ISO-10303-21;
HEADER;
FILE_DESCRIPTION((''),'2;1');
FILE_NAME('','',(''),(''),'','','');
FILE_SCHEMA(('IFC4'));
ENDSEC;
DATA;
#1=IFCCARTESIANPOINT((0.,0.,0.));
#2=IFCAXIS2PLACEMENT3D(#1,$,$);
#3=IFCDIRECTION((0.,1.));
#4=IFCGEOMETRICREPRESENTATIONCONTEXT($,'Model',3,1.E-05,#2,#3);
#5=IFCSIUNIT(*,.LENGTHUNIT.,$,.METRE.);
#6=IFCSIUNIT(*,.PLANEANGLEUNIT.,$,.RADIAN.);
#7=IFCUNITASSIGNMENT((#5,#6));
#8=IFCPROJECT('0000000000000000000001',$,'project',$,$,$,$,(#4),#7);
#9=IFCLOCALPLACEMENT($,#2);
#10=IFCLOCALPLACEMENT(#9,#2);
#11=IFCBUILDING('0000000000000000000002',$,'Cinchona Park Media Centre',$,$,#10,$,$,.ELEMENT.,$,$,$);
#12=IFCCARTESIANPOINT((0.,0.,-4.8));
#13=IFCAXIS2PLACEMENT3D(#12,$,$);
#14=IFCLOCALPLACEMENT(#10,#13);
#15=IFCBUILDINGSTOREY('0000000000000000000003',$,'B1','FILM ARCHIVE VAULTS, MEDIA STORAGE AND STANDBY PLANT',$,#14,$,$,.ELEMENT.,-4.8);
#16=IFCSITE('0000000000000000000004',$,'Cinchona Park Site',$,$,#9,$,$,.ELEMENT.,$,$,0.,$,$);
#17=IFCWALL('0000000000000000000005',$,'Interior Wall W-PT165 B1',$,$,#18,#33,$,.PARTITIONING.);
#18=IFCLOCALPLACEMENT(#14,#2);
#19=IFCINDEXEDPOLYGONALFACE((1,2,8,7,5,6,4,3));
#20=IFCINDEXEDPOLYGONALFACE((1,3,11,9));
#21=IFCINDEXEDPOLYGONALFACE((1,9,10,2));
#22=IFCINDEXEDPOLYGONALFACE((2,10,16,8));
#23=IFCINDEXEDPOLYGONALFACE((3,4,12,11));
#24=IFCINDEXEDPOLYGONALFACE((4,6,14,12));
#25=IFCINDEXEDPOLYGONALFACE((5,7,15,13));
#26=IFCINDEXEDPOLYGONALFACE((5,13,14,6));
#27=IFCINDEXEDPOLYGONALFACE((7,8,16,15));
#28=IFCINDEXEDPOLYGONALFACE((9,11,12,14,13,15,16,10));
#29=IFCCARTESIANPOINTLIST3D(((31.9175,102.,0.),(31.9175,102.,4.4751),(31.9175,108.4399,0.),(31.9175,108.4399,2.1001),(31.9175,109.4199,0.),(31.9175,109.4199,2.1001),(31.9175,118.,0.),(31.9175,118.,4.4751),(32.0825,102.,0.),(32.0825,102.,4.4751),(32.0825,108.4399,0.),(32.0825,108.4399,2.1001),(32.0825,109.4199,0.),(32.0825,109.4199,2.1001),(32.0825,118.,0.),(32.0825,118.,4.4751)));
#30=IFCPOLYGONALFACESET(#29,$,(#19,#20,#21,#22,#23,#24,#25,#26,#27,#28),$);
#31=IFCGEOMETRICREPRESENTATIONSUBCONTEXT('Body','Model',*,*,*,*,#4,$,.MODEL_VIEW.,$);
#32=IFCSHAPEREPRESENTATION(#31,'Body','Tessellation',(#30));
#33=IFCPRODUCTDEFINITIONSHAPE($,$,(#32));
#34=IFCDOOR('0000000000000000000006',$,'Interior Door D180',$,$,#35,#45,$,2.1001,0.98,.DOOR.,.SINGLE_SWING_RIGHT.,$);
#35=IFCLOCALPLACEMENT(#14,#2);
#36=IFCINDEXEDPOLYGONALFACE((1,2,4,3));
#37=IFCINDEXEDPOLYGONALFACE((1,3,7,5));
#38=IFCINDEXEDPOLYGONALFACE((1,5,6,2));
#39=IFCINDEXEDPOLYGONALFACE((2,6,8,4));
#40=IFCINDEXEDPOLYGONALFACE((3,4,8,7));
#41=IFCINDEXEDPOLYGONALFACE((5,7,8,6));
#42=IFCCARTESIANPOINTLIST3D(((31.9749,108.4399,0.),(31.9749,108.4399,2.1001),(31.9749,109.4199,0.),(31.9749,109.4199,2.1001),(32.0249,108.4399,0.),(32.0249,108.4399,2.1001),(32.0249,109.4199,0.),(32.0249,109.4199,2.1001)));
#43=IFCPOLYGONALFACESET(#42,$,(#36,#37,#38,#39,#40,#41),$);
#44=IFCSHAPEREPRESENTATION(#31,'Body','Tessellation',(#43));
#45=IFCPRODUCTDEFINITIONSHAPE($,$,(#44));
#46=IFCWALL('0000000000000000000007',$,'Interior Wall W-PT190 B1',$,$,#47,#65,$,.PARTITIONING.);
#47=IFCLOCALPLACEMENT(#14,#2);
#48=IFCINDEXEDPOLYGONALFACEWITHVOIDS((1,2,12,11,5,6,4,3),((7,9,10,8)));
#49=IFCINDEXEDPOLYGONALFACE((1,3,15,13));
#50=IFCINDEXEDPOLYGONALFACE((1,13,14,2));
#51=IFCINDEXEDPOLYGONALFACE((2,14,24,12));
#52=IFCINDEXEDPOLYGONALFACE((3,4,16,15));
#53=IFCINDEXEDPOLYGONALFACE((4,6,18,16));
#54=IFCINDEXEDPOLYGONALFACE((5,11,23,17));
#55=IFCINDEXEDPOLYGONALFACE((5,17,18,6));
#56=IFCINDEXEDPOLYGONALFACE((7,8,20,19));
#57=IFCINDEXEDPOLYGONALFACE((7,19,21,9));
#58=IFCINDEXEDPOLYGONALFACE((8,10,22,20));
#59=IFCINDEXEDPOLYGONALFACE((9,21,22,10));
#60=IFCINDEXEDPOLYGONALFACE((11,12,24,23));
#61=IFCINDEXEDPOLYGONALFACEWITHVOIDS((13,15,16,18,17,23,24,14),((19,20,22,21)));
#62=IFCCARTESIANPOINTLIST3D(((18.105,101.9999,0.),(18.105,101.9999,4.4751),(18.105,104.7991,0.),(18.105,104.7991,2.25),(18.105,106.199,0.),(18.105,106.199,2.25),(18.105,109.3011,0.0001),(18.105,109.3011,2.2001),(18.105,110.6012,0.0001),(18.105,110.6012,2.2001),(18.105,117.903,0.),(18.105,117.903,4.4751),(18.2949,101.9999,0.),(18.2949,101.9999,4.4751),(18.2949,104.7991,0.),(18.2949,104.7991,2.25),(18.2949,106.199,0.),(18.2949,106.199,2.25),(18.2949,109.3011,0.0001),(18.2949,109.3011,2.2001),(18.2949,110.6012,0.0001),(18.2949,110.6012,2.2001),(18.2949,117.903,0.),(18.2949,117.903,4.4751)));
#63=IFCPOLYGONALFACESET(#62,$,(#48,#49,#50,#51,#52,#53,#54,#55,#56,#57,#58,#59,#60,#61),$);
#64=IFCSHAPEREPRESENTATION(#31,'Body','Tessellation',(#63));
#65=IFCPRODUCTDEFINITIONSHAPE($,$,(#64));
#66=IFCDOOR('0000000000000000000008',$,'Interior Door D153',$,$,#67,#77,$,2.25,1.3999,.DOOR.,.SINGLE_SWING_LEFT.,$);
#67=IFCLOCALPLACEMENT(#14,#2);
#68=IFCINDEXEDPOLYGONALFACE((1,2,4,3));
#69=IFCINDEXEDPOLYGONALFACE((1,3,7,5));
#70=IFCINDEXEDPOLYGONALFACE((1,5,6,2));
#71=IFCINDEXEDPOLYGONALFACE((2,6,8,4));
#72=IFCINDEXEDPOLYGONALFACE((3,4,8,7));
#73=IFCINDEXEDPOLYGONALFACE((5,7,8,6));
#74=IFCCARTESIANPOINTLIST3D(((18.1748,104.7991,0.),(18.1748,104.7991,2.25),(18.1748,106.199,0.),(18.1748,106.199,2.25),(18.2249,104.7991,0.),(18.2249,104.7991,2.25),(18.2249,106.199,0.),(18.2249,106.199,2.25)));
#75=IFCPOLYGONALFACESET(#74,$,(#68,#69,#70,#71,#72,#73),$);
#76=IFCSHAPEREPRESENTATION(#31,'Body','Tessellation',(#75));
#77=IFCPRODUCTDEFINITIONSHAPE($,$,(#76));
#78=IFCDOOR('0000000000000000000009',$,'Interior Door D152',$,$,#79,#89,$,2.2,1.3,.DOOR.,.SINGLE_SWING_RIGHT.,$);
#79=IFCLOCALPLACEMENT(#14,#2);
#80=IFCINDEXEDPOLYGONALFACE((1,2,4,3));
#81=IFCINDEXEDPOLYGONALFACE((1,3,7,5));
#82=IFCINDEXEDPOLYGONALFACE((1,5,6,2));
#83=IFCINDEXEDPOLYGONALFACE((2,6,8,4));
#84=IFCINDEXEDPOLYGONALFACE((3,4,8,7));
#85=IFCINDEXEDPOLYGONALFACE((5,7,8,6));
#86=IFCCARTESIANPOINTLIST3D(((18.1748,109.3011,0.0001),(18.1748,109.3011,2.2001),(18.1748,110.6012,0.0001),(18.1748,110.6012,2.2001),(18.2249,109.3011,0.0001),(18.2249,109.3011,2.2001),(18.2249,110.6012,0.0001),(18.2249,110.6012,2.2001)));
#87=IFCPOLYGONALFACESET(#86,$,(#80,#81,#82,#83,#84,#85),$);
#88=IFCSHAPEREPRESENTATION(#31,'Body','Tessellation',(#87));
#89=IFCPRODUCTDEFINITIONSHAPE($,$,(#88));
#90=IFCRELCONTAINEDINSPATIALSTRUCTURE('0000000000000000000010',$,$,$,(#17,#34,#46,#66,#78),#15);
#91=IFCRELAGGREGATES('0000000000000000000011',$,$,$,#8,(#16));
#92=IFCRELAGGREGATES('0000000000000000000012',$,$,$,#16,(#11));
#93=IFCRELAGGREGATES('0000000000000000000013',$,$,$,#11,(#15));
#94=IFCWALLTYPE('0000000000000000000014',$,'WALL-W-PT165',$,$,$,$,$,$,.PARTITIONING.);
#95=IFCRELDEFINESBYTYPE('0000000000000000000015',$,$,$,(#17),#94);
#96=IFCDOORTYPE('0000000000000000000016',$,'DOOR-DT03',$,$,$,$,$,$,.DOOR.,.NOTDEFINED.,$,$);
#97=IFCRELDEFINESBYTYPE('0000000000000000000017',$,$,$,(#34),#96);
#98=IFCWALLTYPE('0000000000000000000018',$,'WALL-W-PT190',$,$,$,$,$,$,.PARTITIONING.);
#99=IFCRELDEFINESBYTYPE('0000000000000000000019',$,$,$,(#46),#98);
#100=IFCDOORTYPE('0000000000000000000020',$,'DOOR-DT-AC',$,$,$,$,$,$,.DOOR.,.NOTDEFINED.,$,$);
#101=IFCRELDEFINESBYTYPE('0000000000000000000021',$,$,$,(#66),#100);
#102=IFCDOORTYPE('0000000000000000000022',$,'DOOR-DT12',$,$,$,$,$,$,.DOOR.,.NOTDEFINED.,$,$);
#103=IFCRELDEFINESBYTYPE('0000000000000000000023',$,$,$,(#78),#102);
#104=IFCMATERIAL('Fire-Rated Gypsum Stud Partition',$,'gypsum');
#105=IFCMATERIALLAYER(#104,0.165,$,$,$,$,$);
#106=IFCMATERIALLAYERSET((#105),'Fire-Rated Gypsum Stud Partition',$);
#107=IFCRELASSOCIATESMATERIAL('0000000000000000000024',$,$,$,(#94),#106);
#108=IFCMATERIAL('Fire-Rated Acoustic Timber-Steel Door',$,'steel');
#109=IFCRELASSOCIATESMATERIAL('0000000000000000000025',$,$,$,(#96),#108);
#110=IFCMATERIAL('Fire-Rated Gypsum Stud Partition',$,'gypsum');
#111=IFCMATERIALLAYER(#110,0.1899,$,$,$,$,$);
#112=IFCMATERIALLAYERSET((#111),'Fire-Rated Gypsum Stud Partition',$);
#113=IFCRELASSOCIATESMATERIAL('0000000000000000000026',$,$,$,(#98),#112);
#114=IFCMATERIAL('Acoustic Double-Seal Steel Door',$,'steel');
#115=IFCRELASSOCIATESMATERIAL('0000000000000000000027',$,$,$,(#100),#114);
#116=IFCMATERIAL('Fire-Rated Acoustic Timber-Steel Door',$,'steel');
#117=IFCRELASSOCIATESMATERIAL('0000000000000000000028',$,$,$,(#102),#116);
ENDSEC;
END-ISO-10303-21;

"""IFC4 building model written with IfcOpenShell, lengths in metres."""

from ifc_helpers import new_model, si_unit, direction, frame, frame_2d, origin, place, context, subcontext, project, spatial, rectangle, extrude, material, layer, layer_set, type_object, element, fill, save


model = new_model("IFC4")

# Units and contexts
model_context = context("Model", 3, precision=1e-05, world=origin(), true_north=direction((0.0, 1.0)))
body_context = subcontext(model_context, "Body", "Model", "MODEL_VIEW")
ifc_project = project(units=[si_unit("LENGTHUNIT", "METRE"), si_unit("PLANEANGLEUNIT", "RADIAN")], contexts=[model_context])

# Site, building, storey
site_placement = place(None, origin())
site = spatial("IfcSite", under=ifc_project, at=site_placement, Name="Cinchona Park Site", CompositionType="ELEMENT", RefElevation=0.0)
building_placement = place(site_placement, origin())
building = spatial("IfcBuilding", under=site, at=building_placement, Name="Cinchona Park Media Centre", CompositionType="ELEMENT")
storey_placement = place(building_placement, frame((0.0, 0.0, -4.8)))
storey = spatial("IfcBuildingStorey", under=building, at=storey_placement, Name="B1", Description="FILM ARCHIVE VAULTS, MEDIA STORAGE AND STANDBY PLANT", CompositionType="ELEMENT", Elevation=-4.8)

# Wall, opening, door
ifc_material_1 = material(Name="Fire-Rated Gypsum Stud Partition", Category="gypsum")
ifc_layer_1 = layer(ifc_material_1, 0.165)
ifc_layer_set_1 = layer_set([ifc_layer_1], Name="Fire-Rated Gypsum Stud Partition")
wall_type_1 = type_object("IfcWallType", Name="WALL-W-PT165", PredefinedType="PARTITIONING", material=ifc_layer_set_1)
wall_1_placement = place(storey_placement, frame((32.0, 118.0, 0.0), z_axis=(0.0, 0.0, 1.0), x_axis=(0.0, -1.0, 0.0)))
wall_1 = element("IfcWall", 1, at=wall_1_placement, inside=storey, type_object=wall_type_1, Name="Interior Wall W-PT165 B1", PredefinedType="PARTITIONING", context=body_context, shape_type="SweptSolid", body=[
    extrude(rectangle(XDim=16.0, YDim=0.165, at=frame_2d((8.0, 0.0))), origin(), (0.0, 0.0, 1.0), 4.4751),
])
opening_1_placement = place(wall_1_placement, frame((8.5801, 0.0, 0.0)))
opening_1 = element("IfcOpeningElement", 2, at=opening_1_placement, cuts=wall_1, PredefinedType="OPENING", context=body_context, shape_type="SweptSolid", body=[
    extrude(rectangle(XDim=0.98, YDim=2.1001, at=frame_2d((0.49, 1.05))), frame((0.0, 0.0925, 0.0), z_axis=(0.0, -1.0, 0.0), x_axis=(1.0, 0.0, 0.0)), (0.0, 0.0, 1.0), 0.1851),
])
ifc_material_2 = material(Name="Fire-Rated Acoustic Timber-Steel Door", Category="steel")
door_type_1 = type_object("IfcDoorType", Name="DOOR-DT03", OperationType="NOTDEFINED", PredefinedType="DOOR", material=ifc_material_2)
door_1_placement = place(opening_1_placement, origin())
door_1 = element("IfcDoor", 3, at=door_1_placement, inside=storey, type_object=door_type_1, Name="Interior Door D180", OperationType="SINGLE_SWING_RIGHT", OverallHeight=2.1001, OverallWidth=0.98, PredefinedType="DOOR", context=body_context, shape_type="SweptSolid", body=[
    extrude(rectangle(XDim=0.98, YDim=2.1001, at=frame_2d((0.49, 1.05))), frame((0.0, 0.0249, 0.0), z_axis=(0.0, -1.0, 0.0), x_axis=(1.0, 0.0, 0.0)), (0.0, 0.0, 1.0), 0.05),
])
fill(opening_1, door_1)

# Wall, openings, doors
ifc_material_3 = material(Name="Fire-Rated Gypsum Stud Partition", Category="gypsum")
ifc_layer_2 = layer(ifc_material_3, 0.1899)
ifc_layer_set_2 = layer_set([ifc_layer_2], Name="Fire-Rated Gypsum Stud Partition")
wall_type_2 = type_object("IfcWallType", Name="WALL-W-PT190", PredefinedType="PARTITIONING", material=ifc_layer_set_2)
wall_2_placement = place(storey_placement, frame((18.2, 117.9031, 0.0), z_axis=(0.0, 0.0, 1.0), x_axis=(0.0, -1.0, 0.0)))
wall_2 = element("IfcWall", 4, at=wall_2_placement, inside=storey, type_object=wall_type_2, Name="Interior Wall W-PT190 B1", PredefinedType="PARTITIONING", context=body_context, shape_type="SweptSolid", body=[
    extrude(rectangle(XDim=15.9031, YDim=0.1899, at=frame_2d((7.9517, 0.0))), origin(), (0.0, 0.0, 1.0), 4.4751),
])
opening_2_placement = place(wall_2_placement, frame((7.302, 0.0, 0.0)))
opening_2 = element("IfcOpeningElement", 5, at=opening_2_placement, cuts=wall_2, PredefinedType="OPENING", context=body_context, shape_type="SweptSolid", body=[
    extrude(rectangle(XDim=1.3, YDim=2.2, at=frame_2d((0.6499, 1.1001))), frame((0.0, 0.105, 0.0), z_axis=(0.0, -1.0, 0.0), x_axis=(1.0, 0.0, 0.0)), (0.0, 0.0, 1.0), 0.21),
])
opening_3_placement = place(wall_2_placement, frame((11.7041, 0.0, 0.0)))
opening_3 = element("IfcOpeningElement", 6, at=opening_3_placement, cuts=wall_2, PredefinedType="OPENING", context=body_context, shape_type="SweptSolid", body=[
    extrude(rectangle(XDim=1.3999, YDim=2.25, at=frame_2d((0.7, 1.125))), frame((0.0, 0.105, 0.0), z_axis=(0.0, -1.0, 0.0), x_axis=(1.0, 0.0, 0.0)), (0.0, 0.0, 1.0), 0.21),
])
ifc_material_4 = material(Name="Acoustic Double-Seal Steel Door", Category="steel")
door_type_2 = type_object("IfcDoorType", Name="DOOR-DT-AC", OperationType="NOTDEFINED", PredefinedType="DOOR", material=ifc_material_4)
door_2_placement = place(opening_3_placement, origin())
door_2 = element("IfcDoor", 7, at=door_2_placement, inside=storey, type_object=door_type_2, Name="Interior Door D153", OperationType="SINGLE_SWING_LEFT", OverallHeight=2.25, OverallWidth=1.3999, PredefinedType="DOOR", context=body_context, shape_type="SweptSolid", body=[
    extrude(rectangle(XDim=1.3999, YDim=2.25, at=frame_2d((0.7, 1.125))), frame((0.0, 0.0249, 0.0), z_axis=(0.0, -1.0, 0.0), x_axis=(1.0, 0.0, 0.0)), (0.0, 0.0, 1.0), 0.05),
])
fill(opening_3, door_2)
ifc_material_5 = material(Name="Fire-Rated Acoustic Timber-Steel Door", Category="steel")
door_type_3 = type_object("IfcDoorType", Name="DOOR-DT12", OperationType="NOTDEFINED", PredefinedType="DOOR", material=ifc_material_5)
door_3_placement = place(opening_2_placement, origin())
door_3 = element("IfcDoor", 8, at=door_3_placement, inside=storey, type_object=door_type_3, Name="Interior Door D152", OperationType="SINGLE_SWING_RIGHT", OverallHeight=2.2, OverallWidth=1.3, PredefinedType="DOOR", context=body_context, shape_type="SweptSolid", body=[
    extrude(rectangle(XDim=1.3, YDim=2.2, at=frame_2d((0.6499, 1.1001))), frame((0.0, 0.0249, 0.0), z_axis=(0.0, -1.0, 0.0), x_axis=(1.0, 0.0, 0.0)), (0.0, 0.0, 1.0), 0.05),
])
fill(opening_2, door_3)

save(model, "model.ifc")
